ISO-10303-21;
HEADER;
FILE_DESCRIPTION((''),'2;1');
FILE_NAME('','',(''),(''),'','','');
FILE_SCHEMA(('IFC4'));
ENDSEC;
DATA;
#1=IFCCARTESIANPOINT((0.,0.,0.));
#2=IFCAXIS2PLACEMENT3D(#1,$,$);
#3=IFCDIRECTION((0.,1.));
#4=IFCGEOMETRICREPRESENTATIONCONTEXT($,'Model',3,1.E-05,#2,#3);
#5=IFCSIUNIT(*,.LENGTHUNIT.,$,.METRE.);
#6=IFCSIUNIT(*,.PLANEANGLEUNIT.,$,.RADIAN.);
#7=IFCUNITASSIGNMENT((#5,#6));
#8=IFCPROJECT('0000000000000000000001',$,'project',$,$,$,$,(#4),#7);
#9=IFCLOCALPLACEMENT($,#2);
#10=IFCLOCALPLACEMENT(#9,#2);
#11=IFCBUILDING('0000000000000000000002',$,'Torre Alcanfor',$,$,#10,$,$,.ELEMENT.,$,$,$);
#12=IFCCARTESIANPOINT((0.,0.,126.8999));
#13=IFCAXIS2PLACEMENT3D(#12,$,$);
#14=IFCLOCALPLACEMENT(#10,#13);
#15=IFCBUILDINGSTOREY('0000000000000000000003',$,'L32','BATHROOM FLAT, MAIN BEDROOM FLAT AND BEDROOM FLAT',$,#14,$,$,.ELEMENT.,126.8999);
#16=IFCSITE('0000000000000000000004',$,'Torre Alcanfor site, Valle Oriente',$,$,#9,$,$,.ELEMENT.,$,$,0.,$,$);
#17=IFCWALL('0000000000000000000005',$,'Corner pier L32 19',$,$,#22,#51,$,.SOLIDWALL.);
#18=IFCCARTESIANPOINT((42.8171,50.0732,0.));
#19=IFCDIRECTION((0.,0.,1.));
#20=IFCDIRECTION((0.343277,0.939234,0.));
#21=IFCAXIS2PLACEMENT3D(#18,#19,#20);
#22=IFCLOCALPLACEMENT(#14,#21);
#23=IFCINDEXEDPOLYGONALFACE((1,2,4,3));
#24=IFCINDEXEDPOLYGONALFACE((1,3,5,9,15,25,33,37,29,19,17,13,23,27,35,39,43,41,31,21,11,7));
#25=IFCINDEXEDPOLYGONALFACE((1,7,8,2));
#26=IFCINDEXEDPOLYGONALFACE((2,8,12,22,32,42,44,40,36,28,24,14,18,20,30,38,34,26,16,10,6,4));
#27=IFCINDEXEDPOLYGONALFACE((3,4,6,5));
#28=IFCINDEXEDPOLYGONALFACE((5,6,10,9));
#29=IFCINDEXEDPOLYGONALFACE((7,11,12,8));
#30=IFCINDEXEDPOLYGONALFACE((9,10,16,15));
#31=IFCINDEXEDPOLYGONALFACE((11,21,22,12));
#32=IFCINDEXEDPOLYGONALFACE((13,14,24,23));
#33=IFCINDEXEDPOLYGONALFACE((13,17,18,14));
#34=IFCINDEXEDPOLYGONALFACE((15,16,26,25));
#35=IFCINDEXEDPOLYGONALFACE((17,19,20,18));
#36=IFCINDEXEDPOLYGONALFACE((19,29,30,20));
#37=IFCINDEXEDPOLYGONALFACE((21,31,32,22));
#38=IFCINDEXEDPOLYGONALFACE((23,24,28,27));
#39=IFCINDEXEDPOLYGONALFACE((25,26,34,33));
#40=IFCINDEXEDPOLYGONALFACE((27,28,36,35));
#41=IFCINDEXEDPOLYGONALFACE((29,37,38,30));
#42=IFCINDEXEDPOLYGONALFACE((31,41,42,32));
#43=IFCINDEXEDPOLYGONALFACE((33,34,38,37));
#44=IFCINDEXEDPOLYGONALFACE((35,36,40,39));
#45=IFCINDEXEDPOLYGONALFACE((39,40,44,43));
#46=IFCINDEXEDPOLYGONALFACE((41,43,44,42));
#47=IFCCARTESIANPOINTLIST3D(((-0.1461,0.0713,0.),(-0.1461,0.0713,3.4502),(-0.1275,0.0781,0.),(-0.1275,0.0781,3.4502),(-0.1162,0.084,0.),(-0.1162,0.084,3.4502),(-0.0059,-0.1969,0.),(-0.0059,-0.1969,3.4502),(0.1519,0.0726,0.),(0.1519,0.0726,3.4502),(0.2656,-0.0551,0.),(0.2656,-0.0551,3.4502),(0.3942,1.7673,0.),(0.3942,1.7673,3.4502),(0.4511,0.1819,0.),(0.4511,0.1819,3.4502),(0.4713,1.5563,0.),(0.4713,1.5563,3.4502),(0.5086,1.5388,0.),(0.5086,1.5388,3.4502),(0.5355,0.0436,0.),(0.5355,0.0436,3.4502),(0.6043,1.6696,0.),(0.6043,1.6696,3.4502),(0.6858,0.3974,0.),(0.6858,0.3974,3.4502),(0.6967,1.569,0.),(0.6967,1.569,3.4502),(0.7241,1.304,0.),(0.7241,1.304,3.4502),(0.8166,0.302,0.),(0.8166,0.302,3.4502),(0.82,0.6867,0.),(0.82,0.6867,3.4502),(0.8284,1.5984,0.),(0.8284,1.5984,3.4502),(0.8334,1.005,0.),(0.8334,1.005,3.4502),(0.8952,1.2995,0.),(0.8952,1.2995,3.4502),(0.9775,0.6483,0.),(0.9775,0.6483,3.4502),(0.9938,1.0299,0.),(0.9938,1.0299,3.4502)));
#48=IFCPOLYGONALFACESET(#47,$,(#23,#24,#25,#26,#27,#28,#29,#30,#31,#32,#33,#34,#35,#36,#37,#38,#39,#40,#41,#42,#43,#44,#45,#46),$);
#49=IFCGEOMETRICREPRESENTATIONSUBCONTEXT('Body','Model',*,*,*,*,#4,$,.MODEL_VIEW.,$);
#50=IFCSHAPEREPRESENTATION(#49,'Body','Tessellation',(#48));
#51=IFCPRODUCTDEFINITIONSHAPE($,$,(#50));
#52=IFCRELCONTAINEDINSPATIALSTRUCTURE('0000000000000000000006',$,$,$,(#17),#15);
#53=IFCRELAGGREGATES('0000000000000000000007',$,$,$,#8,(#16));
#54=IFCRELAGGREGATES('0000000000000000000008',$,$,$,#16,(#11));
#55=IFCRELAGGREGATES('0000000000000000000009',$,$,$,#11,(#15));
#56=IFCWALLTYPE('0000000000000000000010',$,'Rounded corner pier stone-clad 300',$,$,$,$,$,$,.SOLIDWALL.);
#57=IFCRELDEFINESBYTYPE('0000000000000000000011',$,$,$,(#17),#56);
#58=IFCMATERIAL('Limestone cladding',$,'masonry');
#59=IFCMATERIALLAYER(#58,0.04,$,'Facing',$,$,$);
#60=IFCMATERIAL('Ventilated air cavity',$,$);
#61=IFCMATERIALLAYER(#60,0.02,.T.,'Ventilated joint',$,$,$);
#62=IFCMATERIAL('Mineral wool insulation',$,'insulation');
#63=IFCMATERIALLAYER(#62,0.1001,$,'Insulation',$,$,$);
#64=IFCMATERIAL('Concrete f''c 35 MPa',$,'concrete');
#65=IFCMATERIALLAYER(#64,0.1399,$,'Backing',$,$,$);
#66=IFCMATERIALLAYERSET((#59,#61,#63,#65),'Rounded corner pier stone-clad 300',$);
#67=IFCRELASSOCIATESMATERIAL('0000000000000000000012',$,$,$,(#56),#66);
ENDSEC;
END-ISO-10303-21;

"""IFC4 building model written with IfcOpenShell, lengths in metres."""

from ifc_helpers import new_model, si_unit, direction, frame, origin, place, context, subcontext, project, spatial, polyline, outline, extrude, material, layer, layer_set, type_object, element, save


model = new_model("IFC4")

# Units and contexts
model_context = context("Model", 3, precision=1e-05, world=origin(), true_north=direction((0.0, 1.0)))
body_context = subcontext(model_context, "Body", "Model", "MODEL_VIEW")
ifc_project = project(units=[si_unit("LENGTHUNIT", "METRE"), si_unit("PLANEANGLEUNIT", "RADIAN")], contexts=[model_context])

# Site, building, storey
site_placement = place(None, origin())
site = spatial("IfcSite", under=ifc_project, at=site_placement, Name="Torre Alcanfor site, Valle Oriente", CompositionType="ELEMENT", RefElevation=0.0)
building_placement = place(site_placement, origin())
building = spatial("IfcBuilding", under=site, at=building_placement, Name="Torre Alcanfor", CompositionType="ELEMENT")
storey_placement = place(building_placement, frame((0.0, 0.0, 126.8999)))
storey = spatial("IfcBuildingStorey", under=building, at=storey_placement, Name="L32", Description="BATHROOM FLAT, MAIN BEDROOM FLAT AND BEDROOM FLAT", CompositionType="ELEMENT", Elevation=126.8999)

# Shared definitions
ifc_material_1 = material(Name="Limestone cladding", Category="masonry")
ifc_material_2 = material(Name="Ventilated air cavity")
ifc_material_3 = material(Name="Mineral wool insulation", Category="insulation")
ifc_material_4 = material(Name="Concrete f'c 35 MPa", Category="concrete")

# Wall
ifc_layer_1 = layer(ifc_material_1, 0.04, Name="Facing")
ifc_layer_2 = layer(ifc_material_2, 0.02, ventilated=True, Name="Ventilated joint")
ifc_layer_3 = layer(ifc_material_3, 0.1001, Name="Insulation")
ifc_layer_4 = layer(ifc_material_4, 0.1399, Name="Backing")
ifc_layer_set_1 = layer_set([ifc_layer_1, ifc_layer_2, ifc_layer_3, ifc_layer_4], Name="Rounded corner pier stone-clad 300")
wall_type_1 = type_object("IfcWallType", Name="Rounded corner pier stone-clad 300", PredefinedType="SOLIDWALL", material=ifc_layer_set_1)
wall_1_placement = place(storey_placement, frame((42.8171, 50.0732, 0.0), z_axis=(0.0, 0.0, 1.0), x_axis=(0.343277, 0.939234, 0.0)))
element("IfcWall", 1, at=wall_1_placement, inside=storey, type_object=wall_type_1, Name="Corner pier L32 19", PredefinedType="SOLIDWALL", context=body_context, shape_type="SweptSolid", body=[
    extrude(outline(polyline([(0.2656, -0.0551), (0.5355, 0.0436), (0.8166, 0.302), (0.9775, 0.6483), (0.9938, 1.0299), (0.8952, 1.2995), (0.8284, 1.5984), (0.6967, 1.569), (0.6043, 1.6696), (0.3942, 1.7673), (0.4713, 1.5563), (0.5086, 1.5388), (0.7241, 1.304), (0.8334, 1.005), (0.82, 0.6867), (0.6858, 0.3974), (0.4511, 0.1819), (0.1519, 0.0726), (-0.1162, 0.084), (-0.1275, 0.0781), (-0.1461, 0.0713), (-0.0059, -0.1969), (0.2656, -0.0551)])), origin(), (0.0, 0.0, 1.0), 3.4502),
])

save(model, "model.ifc")
